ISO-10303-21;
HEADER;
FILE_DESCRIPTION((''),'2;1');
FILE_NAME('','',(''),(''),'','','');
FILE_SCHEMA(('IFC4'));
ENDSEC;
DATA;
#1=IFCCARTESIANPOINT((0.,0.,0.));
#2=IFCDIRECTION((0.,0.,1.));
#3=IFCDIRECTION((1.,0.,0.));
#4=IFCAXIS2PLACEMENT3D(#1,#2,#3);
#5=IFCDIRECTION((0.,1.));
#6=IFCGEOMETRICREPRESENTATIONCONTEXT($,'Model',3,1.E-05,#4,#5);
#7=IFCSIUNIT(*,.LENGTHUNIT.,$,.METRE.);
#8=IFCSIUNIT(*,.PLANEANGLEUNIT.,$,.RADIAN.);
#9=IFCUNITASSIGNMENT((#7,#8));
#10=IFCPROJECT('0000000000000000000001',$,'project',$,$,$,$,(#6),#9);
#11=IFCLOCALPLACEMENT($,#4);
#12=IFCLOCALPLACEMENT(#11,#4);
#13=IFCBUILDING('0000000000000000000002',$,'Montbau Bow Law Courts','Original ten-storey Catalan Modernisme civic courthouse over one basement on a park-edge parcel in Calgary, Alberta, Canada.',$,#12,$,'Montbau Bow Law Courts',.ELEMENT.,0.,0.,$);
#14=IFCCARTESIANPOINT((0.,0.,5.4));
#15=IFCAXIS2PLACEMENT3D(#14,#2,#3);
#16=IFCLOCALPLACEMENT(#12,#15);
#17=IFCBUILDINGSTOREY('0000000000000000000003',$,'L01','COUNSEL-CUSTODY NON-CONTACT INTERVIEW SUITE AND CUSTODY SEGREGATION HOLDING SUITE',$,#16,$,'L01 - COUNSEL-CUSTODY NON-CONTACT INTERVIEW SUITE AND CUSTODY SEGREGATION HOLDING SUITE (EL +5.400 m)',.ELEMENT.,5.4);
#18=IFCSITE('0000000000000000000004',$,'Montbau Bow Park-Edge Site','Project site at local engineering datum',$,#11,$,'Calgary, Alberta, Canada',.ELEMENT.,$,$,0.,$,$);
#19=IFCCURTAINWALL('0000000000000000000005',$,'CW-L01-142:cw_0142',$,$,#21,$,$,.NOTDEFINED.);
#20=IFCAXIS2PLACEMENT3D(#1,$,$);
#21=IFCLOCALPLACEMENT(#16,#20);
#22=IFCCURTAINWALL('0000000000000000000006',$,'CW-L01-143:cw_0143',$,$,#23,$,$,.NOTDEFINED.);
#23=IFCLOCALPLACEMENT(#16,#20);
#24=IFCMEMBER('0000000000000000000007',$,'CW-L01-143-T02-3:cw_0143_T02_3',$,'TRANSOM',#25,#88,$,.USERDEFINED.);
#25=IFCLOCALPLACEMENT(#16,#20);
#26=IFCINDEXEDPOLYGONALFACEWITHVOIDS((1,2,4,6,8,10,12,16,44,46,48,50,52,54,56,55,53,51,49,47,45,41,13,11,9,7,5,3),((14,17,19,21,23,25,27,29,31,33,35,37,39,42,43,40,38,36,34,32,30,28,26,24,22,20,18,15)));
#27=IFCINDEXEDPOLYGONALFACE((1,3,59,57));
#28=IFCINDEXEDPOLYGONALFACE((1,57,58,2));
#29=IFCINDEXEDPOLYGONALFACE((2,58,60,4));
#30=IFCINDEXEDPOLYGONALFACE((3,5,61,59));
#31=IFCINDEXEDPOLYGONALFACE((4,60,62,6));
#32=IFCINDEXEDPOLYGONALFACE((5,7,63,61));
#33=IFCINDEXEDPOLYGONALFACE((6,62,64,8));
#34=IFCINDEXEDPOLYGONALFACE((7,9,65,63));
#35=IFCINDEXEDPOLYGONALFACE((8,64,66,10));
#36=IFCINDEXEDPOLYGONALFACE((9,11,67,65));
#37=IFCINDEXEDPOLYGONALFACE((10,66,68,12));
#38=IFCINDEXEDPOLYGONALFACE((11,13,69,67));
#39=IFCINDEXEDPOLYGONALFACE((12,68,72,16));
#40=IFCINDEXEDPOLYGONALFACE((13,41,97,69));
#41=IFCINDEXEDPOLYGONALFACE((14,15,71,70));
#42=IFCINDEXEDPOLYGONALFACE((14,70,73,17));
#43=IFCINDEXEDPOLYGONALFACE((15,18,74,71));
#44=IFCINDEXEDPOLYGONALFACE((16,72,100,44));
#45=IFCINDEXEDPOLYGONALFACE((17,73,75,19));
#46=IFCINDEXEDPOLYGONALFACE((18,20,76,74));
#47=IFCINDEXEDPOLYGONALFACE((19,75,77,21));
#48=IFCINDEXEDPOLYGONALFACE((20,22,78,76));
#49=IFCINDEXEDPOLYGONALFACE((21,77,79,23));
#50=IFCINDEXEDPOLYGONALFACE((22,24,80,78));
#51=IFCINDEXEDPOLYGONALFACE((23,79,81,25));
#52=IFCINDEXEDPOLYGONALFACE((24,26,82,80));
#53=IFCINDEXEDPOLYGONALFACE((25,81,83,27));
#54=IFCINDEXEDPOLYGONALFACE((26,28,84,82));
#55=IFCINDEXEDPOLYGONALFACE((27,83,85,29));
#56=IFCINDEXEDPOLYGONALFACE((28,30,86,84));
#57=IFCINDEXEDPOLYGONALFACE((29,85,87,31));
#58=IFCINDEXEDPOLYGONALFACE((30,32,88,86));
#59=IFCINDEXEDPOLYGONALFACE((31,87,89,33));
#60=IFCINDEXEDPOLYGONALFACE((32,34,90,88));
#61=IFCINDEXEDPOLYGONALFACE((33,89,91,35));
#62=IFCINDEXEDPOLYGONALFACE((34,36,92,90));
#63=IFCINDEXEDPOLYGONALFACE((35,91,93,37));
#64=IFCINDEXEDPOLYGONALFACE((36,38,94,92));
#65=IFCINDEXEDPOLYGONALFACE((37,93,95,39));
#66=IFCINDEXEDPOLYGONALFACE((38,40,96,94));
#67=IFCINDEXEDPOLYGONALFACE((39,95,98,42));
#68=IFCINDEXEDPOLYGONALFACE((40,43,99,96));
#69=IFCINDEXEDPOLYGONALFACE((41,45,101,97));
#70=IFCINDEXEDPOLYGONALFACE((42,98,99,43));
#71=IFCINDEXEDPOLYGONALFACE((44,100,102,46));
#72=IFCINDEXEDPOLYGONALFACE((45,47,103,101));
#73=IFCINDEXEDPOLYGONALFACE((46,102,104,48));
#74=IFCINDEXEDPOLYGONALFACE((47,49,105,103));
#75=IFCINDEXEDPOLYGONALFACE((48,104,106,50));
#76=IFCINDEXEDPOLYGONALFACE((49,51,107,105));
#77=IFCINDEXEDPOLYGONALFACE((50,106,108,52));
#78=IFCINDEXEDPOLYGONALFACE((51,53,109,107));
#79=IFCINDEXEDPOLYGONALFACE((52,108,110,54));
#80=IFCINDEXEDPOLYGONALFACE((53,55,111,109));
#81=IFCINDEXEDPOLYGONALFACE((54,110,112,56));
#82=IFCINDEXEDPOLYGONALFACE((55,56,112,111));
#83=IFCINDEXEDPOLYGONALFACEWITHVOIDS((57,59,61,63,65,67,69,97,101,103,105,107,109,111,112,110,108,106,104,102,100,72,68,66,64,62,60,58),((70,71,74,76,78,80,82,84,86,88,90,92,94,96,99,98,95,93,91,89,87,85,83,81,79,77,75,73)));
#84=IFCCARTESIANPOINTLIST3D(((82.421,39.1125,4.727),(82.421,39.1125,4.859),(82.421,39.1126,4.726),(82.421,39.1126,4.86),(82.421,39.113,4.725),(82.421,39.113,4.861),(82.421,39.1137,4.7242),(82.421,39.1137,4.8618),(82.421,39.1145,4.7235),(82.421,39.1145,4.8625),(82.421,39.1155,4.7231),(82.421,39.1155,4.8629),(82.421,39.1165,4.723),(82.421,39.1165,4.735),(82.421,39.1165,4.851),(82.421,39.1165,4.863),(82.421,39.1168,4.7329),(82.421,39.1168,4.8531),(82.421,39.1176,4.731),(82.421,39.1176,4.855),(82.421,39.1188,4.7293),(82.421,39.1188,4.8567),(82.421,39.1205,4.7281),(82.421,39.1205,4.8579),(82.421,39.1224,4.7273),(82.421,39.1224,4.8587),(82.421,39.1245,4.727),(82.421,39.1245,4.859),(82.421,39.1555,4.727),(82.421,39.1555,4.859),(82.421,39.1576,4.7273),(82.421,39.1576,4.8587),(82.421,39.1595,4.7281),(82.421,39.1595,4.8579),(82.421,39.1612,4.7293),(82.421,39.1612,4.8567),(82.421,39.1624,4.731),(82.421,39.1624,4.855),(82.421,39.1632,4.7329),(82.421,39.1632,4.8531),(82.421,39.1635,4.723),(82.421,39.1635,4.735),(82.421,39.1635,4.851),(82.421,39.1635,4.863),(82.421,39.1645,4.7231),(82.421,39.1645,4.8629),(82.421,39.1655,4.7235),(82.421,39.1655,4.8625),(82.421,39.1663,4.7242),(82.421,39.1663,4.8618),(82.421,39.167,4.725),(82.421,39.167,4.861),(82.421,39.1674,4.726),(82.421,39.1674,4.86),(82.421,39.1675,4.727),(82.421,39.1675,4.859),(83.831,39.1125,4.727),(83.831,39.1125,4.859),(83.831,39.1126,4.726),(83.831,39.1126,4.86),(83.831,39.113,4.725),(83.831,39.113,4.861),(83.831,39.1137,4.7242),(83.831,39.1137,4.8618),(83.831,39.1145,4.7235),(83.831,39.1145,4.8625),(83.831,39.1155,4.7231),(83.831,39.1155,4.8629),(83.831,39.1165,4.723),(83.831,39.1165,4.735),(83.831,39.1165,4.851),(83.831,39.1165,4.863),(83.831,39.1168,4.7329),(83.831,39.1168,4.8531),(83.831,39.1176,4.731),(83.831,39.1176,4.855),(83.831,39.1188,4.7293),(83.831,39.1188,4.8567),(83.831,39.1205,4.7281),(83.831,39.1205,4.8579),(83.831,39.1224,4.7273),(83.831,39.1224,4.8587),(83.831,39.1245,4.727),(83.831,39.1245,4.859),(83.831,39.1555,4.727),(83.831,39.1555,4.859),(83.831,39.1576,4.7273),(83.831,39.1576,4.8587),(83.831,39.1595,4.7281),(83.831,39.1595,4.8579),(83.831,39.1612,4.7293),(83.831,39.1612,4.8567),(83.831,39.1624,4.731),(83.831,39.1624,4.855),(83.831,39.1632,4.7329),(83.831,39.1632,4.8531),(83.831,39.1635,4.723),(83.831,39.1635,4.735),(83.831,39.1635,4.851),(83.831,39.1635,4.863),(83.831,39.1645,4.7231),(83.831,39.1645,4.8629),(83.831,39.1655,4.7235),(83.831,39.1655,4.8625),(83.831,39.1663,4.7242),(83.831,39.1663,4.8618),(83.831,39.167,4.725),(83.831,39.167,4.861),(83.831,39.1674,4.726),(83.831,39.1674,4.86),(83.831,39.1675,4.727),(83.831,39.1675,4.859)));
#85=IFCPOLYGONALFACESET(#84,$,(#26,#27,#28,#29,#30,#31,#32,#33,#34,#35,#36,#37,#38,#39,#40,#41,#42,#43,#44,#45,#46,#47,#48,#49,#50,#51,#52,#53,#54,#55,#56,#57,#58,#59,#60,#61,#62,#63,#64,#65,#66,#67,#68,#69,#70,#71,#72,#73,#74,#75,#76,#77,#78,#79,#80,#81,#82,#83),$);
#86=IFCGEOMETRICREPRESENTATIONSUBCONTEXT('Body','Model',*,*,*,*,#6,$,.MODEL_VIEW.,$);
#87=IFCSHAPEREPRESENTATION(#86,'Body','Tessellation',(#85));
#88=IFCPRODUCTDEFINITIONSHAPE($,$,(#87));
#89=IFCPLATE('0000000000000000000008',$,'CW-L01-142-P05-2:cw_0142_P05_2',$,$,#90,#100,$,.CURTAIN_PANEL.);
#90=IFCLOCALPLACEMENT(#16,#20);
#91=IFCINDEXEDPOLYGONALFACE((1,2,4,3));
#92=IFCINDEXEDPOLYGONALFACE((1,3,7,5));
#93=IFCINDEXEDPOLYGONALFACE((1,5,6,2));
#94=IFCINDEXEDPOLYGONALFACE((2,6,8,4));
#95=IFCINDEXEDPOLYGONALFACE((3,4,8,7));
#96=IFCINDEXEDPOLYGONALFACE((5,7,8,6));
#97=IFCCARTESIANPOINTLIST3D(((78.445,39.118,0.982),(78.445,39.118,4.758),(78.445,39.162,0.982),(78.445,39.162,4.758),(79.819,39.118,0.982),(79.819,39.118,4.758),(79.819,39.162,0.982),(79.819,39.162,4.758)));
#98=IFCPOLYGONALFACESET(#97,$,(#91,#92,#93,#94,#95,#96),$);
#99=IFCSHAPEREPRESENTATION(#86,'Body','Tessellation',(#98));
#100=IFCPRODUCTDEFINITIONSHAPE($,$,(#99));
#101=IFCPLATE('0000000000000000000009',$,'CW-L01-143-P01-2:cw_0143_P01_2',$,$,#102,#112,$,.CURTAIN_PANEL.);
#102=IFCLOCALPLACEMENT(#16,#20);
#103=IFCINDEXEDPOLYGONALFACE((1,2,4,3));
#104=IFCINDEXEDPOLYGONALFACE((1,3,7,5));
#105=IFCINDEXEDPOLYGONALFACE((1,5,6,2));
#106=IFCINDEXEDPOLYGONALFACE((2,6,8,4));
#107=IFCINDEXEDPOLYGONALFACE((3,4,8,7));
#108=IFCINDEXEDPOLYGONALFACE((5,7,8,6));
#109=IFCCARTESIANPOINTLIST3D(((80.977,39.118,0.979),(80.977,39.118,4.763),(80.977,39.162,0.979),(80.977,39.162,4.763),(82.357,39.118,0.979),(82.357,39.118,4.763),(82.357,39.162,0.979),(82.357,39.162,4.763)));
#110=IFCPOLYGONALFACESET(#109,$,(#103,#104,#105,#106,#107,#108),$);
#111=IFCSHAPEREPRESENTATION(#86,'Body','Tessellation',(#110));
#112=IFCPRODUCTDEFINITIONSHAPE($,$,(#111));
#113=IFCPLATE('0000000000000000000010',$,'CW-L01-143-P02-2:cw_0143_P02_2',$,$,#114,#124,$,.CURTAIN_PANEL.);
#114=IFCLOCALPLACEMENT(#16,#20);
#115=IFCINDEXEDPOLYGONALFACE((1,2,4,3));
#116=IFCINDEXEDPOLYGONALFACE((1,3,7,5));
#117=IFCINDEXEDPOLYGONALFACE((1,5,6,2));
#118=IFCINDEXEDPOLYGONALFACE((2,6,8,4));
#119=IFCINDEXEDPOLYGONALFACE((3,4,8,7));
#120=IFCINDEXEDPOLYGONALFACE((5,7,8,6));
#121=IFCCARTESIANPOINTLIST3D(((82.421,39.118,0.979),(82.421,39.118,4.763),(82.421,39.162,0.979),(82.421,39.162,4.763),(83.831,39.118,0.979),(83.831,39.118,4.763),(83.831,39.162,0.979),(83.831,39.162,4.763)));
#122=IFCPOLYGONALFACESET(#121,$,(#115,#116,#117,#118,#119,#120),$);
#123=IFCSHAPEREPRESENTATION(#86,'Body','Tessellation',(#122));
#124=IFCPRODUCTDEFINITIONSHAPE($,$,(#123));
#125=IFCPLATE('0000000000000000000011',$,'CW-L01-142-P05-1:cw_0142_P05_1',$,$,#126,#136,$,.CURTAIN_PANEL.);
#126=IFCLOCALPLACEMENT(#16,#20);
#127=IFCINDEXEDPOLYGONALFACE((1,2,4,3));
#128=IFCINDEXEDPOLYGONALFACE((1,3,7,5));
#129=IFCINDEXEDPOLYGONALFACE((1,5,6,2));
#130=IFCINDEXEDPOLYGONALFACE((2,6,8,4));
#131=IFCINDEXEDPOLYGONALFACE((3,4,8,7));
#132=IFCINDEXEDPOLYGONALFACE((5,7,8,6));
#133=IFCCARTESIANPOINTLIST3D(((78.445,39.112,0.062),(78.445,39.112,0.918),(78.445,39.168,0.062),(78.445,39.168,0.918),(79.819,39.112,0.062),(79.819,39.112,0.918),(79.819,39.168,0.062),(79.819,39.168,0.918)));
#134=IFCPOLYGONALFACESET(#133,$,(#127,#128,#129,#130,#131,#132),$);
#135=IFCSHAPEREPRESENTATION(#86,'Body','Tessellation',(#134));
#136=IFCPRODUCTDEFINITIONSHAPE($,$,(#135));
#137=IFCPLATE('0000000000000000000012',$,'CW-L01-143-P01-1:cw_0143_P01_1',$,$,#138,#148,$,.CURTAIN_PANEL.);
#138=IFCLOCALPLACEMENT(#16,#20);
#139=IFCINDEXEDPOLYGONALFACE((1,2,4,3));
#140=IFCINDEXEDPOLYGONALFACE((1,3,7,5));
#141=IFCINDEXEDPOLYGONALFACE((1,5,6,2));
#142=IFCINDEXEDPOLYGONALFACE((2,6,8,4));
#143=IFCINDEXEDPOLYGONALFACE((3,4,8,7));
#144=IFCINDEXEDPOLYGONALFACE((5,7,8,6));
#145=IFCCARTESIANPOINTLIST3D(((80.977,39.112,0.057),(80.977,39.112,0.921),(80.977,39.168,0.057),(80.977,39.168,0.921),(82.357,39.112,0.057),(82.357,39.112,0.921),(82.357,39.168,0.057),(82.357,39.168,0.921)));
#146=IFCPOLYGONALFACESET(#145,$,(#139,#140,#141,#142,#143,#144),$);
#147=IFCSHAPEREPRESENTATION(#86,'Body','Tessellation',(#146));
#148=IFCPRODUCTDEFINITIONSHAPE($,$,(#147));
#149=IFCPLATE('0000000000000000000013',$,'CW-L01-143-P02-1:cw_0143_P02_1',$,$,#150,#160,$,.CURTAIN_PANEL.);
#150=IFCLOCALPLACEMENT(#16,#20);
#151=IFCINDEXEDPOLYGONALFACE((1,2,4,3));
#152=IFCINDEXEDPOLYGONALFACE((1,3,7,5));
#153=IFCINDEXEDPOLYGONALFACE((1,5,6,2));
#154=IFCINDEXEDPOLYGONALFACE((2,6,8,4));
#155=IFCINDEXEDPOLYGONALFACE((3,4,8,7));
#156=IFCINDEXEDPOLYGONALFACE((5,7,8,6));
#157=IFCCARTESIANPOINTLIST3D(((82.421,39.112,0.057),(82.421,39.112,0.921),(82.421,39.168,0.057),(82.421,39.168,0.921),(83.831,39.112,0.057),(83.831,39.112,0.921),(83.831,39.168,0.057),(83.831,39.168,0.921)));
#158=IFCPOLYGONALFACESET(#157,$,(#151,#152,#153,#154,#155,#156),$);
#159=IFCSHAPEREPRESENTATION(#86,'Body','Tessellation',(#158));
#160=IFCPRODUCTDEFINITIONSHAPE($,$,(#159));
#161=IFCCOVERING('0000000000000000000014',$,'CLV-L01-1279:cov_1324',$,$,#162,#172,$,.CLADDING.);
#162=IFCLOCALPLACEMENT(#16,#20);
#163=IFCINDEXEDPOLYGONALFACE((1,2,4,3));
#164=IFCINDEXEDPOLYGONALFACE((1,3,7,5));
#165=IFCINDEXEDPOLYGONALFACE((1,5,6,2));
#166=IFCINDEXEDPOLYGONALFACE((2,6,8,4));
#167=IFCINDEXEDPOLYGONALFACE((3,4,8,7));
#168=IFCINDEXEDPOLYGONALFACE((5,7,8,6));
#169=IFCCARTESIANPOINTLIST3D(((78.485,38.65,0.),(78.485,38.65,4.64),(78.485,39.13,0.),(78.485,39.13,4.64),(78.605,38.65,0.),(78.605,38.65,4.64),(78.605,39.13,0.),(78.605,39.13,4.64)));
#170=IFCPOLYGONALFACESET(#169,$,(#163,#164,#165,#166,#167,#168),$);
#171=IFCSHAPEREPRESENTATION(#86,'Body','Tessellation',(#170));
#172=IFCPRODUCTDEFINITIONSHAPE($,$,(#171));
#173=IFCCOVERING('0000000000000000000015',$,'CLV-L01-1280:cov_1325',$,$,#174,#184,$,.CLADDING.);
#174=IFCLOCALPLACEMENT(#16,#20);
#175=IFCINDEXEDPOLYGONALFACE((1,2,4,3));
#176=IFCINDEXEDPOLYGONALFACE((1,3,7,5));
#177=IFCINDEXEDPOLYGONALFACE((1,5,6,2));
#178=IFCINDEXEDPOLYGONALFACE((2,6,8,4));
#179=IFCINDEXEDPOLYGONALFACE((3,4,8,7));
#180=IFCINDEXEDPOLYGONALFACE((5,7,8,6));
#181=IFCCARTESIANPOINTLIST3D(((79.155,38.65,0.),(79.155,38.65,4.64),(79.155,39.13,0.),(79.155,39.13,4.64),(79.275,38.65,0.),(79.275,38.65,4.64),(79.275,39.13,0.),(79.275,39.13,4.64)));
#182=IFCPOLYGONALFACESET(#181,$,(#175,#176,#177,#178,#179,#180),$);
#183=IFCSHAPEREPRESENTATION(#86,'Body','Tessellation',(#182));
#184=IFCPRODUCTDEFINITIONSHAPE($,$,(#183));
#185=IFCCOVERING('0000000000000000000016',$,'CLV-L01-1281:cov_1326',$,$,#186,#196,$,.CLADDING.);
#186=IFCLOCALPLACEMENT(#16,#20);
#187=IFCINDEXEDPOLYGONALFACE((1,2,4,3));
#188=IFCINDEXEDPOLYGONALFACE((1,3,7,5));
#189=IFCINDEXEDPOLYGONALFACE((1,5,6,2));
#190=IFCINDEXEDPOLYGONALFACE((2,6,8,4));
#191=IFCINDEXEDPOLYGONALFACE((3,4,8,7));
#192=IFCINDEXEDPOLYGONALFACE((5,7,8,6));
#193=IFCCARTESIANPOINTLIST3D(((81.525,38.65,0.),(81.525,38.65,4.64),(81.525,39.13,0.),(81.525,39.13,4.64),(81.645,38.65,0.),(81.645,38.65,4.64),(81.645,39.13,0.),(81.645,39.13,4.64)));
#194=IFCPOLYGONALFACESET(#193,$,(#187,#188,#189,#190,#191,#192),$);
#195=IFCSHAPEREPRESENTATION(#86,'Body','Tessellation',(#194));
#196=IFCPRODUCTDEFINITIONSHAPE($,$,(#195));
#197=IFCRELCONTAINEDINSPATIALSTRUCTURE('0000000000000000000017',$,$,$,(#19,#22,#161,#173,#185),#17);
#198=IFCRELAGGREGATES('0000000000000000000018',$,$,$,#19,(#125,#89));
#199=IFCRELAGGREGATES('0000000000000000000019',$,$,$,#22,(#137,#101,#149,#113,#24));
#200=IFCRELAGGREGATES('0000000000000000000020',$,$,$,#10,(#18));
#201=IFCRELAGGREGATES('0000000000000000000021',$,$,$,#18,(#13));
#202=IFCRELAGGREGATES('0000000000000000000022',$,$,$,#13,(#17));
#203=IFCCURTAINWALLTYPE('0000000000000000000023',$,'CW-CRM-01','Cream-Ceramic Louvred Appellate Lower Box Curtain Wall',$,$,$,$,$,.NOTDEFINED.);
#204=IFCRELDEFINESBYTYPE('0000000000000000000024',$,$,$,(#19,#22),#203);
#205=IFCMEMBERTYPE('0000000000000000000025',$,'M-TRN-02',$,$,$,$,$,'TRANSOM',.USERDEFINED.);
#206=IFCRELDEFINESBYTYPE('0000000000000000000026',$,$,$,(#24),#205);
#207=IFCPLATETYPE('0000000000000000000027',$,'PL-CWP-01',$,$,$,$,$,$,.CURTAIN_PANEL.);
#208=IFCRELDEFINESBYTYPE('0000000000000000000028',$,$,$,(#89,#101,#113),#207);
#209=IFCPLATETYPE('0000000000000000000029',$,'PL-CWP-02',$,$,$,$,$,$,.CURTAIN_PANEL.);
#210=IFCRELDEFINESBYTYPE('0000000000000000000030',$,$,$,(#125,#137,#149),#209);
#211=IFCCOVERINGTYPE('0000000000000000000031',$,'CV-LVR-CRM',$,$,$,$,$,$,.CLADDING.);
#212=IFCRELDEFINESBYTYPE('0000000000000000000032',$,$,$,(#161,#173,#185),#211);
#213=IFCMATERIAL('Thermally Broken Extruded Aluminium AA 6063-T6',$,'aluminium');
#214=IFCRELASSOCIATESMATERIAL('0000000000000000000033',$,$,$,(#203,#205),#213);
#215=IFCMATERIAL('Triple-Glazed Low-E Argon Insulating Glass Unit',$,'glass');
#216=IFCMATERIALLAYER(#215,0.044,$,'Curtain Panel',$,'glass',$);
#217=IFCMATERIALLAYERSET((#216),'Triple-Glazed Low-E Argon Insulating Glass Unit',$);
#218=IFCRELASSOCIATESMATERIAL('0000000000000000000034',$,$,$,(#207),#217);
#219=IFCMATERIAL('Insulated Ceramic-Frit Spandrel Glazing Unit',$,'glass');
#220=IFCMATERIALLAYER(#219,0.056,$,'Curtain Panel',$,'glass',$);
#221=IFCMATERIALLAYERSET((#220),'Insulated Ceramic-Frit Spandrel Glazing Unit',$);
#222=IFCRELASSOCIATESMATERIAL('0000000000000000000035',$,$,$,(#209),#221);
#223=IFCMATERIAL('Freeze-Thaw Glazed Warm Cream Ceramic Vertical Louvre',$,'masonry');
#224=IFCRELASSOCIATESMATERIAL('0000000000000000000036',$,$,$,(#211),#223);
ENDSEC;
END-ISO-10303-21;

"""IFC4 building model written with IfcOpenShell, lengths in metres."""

from ifc_helpers import new_model, si_unit, direction, frame, frame_2d, origin_with_axes, origin_2d_with_axis, place, context, subcontext, project, spatial, rectangle, hollow_rectangle, extrude, material, layer, layer_set, material_profile, profile_set, type_object, element, aggregate, save


model = new_model("IFC4")

# Units and contexts
model_context = context("Model", 3, precision=1e-05, world=origin_with_axes(), true_north=direction((0.0, 1.0)))
body_context = subcontext(model_context, "Body", "Model", "MODEL_VIEW")
ifc_project = project(units=[si_unit("LENGTHUNIT", "METRE"), si_unit("PLANEANGLEUNIT", "RADIAN")], contexts=[model_context])

# Site, building, storey
site_placement = place(None, origin_with_axes())
site = spatial("IfcSite", under=ifc_project, at=site_placement, Name="Montbau Bow Park-Edge Site", Description="Project site at local engineering datum", LongName="Calgary, Alberta, Canada", CompositionType="ELEMENT", RefElevation=0.0)
building_placement = place(site_placement, origin_with_axes())
building = spatial("IfcBuilding", under=site, at=building_placement, Name="Montbau Bow Law Courts", Description="Original ten-storey Catalan Modernisme civic courthouse over one basement on a park-edge parcel in Calgary, Alberta, Canada.", LongName="Montbau Bow Law Courts", CompositionType="ELEMENT", ElevationOfRefHeight=0.0, ElevationOfTerrain=0.0)
storey_placement = place(building_placement, frame((0.0, 0.0, 5.4), z_axis=(0.0, 0.0, 1.0), x_axis=(1.0, 0.0, 0.0)))
storey = spatial("IfcBuildingStorey", under=building, at=storey_placement, Name="L01", Description="COUNSEL-CUSTODY NON-CONTACT INTERVIEW SUITE AND CUSTODY SEGREGATION HOLDING SUITE", LongName="L01 - COUNSEL-CUSTODY NON-CONTACT INTERVIEW SUITE AND CUSTODY SEGREGATION HOLDING SUITE (EL +5.400 m)", CompositionType="ELEMENT", Elevation=5.4)

# Curtain walls
ifc_material_1 = material(Name="Thermally Broken Extruded Aluminium AA 6063-T6", Category="aluminium")
curtain_wall_type = type_object("IfcCurtainWallType", Name="CW-CRM-01", Description="Cream-Ceramic Louvred Appellate Lower Box Curtain Wall", PredefinedType="NOTDEFINED", material=ifc_material_1)
curtain_wall_1_placement = place(None, frame((72.515, 39.14, 5.4), z_axis=(0.0, 0.0, 1.0), x_axis=(1.0, 0.0, 0.0)))
curtain_wall_1 = element("IfcCurtainWall", 1, at=curtain_wall_1_placement, inside=storey, type_object=curtain_wall_type, Name="CW-L01-142:cw_0142", PredefinedType="NOTDEFINED")
curtain_wall_2_placement = place(None, frame((80.915, 39.14, 5.4), z_axis=(0.0, 0.0, 1.0), x_axis=(1.0, 0.0, 0.0)))
curtain_wall_2 = element("IfcCurtainWall", 2, at=curtain_wall_2_placement, inside=storey, type_object=curtain_wall_type, Name="CW-L01-143:cw_0143", PredefinedType="NOTDEFINED")

# Member
ifc_material_profile_1 = material_profile(ifc_material_1, hollow_rectangle(XDim=0.055, YDim=0.14, WallThickness=0.004, InnerFilletRadius=0.008, OuterFilletRadius=0.004, at=origin_2d_with_axis()), Name="CWT-140X55", Category="Main", Priority=0)
ifc_profile_set_1 = profile_set([ifc_material_profile_1], Name="Thermally Broken Extruded Aluminium AA 6063-T6")
member_type_1 = type_object("IfcMemberType", Name="M-TRN-02", ElementType="TRANSOM", PredefinedType="USERDEFINED", material=ifc_profile_set_1)
member_1_placement = place(None, frame((82.421, 39.14, 10.193), z_axis=(1.0, 0.0, 0.0), x_axis=(0.0, 1.0, 0.0)))
member_1 = element("IfcMember", 3, at=member_1_placement, type_object=member_type_1, Name="CW-L01-143-T02-3:cw_0143_T02_3", ObjectType="TRANSOM", PredefinedType="USERDEFINED", context=body_context, shape_type="SweptSolid", body=[
    extrude(hollow_rectangle(XDim=0.055, YDim=0.14, WallThickness=0.004, InnerFilletRadius=0.008, OuterFilletRadius=0.004, at=origin_2d_with_axis()), origin_with_axes(), (0.0, 0.0, 1.0), 1.41),
])

# Plates
ifc_material_2 = material(Name="Triple-Glazed Low-E Argon Insulating Glass Unit", Category="glass")
ifc_layer_1 = layer(ifc_material_2, 0.044, Name="Curtain Panel", Category="glass")
ifc_layer_set_1 = layer_set([ifc_layer_1], Name="Triple-Glazed Low-E Argon Insulating Glass Unit")
plate_type_1 = type_object("IfcPlateType", Name="PL-CWP-01", PredefinedType="CURTAIN_PANEL", material=ifc_layer_set_1)
plate_1_placement = place(None, frame((78.445, 39.14, 6.382), z_axis=(0.0, -1.0, 0.0), x_axis=(1.0, 0.0, 0.0)))
plate_1 = element("IfcPlate", 4, at=plate_1_placement, type_object=plate_type_1, Name="CW-L01-142-P05-2:cw_0142_P05_2", PredefinedType="CURTAIN_PANEL", context=body_context, shape_type="SweptSolid", body=[
    extrude(rectangle(XDim=1.374, YDim=3.776, at=frame_2d((0.687, 1.888), x_axis=(1.0, 0.0))), frame((0.0, 0.0, -0.022), z_axis=(0.0, 0.0, 1.0), x_axis=(1.0, 0.0, 0.0)), (0.0, 0.0, 1.0), 0.044),
])
plate_2_placement = place(None, frame((80.977, 39.14, 6.379), z_axis=(0.0, -1.0, 0.0), x_axis=(1.0, 0.0, 0.0)))
plate_2 = element("IfcPlate", 5, at=plate_2_placement, type_object=plate_type_1, Name="CW-L01-143-P01-2:cw_0143_P01_2", PredefinedType="CURTAIN_PANEL", context=body_context, shape_type="SweptSolid", body=[
    extrude(rectangle(XDim=1.38, YDim=3.784, at=frame_2d((0.69, 1.892), x_axis=(1.0, 0.0))), frame((0.0, 0.0, -0.022), z_axis=(0.0, 0.0, 1.0), x_axis=(1.0, 0.0, 0.0)), (0.0, 0.0, 1.0), 0.044),
])
plate_3_placement = place(None, frame((82.421, 39.14, 6.379), z_axis=(0.0, -1.0, 0.0), x_axis=(1.0, 0.0, 0.0)))
plate_3 = element("IfcPlate", 6, at=plate_3_placement, type_object=plate_type_1, Name="CW-L01-143-P02-2:cw_0143_P02_2", PredefinedType="CURTAIN_PANEL", context=body_context, shape_type="SweptSolid", body=[
    extrude(rectangle(XDim=1.41, YDim=3.784, at=frame_2d((0.705, 1.892), x_axis=(1.0, 0.0))), frame((0.0, 0.0, -0.022), z_axis=(0.0, 0.0, 1.0), x_axis=(1.0, 0.0, 0.0)), (0.0, 0.0, 1.0), 0.044),
])
ifc_material_3 = material(Name="Insulated Ceramic-Frit Spandrel Glazing Unit", Category="glass")
ifc_layer_2 = layer(ifc_material_3, 0.056, Name="Curtain Panel", Category="glass")
ifc_layer_set_2 = layer_set([ifc_layer_2], Name="Insulated Ceramic-Frit Spandrel Glazing Unit")
plate_type_2 = type_object("IfcPlateType", Name="PL-CWP-02", PredefinedType="CURTAIN_PANEL", material=ifc_layer_set_2)
plate_4_placement = place(None, frame((78.445, 39.14, 5.462), z_axis=(0.0, -1.0, 0.0), x_axis=(1.0, 0.0, 0.0)))
plate_4 = element("IfcPlate", 7, at=plate_4_placement, type_object=plate_type_2, Name="CW-L01-142-P05-1:cw_0142_P05_1", PredefinedType="CURTAIN_PANEL", context=body_context, shape_type="SweptSolid", body=[
    extrude(rectangle(XDim=1.374, YDim=0.856, at=frame_2d((0.687, 0.428), x_axis=(1.0, 0.0))), frame((0.0, 0.0, -0.028), z_axis=(0.0, 0.0, 1.0), x_axis=(1.0, 0.0, 0.0)), (0.0, 0.0, 1.0), 0.056),
])
aggregate(curtain_wall_1, [plate_4, plate_1])
plate_5_placement = place(None, frame((80.977, 39.14, 5.457), z_axis=(0.0, -1.0, 0.0), x_axis=(1.0, 0.0, 0.0)))
plate_5 = element("IfcPlate", 8, at=plate_5_placement, type_object=plate_type_2, Name="CW-L01-143-P01-1:cw_0143_P01_1", PredefinedType="CURTAIN_PANEL", context=body_context, shape_type="SweptSolid", body=[
    extrude(rectangle(XDim=1.38, YDim=0.864, at=frame_2d((0.69, 0.432), x_axis=(1.0, 0.0))), frame((0.0, 0.0, -0.028), z_axis=(0.0, 0.0, 1.0), x_axis=(1.0, 0.0, 0.0)), (0.0, 0.0, 1.0), 0.056),
])
plate_6_placement = place(None, frame((82.421, 39.14, 5.457), z_axis=(0.0, -1.0, 0.0), x_axis=(1.0, 0.0, 0.0)))
plate_6 = element("IfcPlate", 9, at=plate_6_placement, type_object=plate_type_2, Name="CW-L01-143-P02-1:cw_0143_P02_1", PredefinedType="CURTAIN_PANEL", context=body_context, shape_type="SweptSolid", body=[
    extrude(rectangle(XDim=1.41, YDim=0.864, at=frame_2d((0.705, 0.432), x_axis=(1.0, 0.0))), frame((0.0, 0.0, -0.028), z_axis=(0.0, 0.0, 1.0), x_axis=(1.0, 0.0, 0.0)), (0.0, 0.0, 1.0), 0.056),
])
aggregate(curtain_wall_2, [plate_5, plate_2, plate_6, plate_3, member_1])

# Coverings
ifc_material_4 = material(Name="Freeze-Thaw Glazed Warm Cream Ceramic Vertical Louvre", Category="masonry")
covering_type = type_object("IfcCoveringType", Name="CV-LVR-CRM", PredefinedType="CLADDING", material=ifc_material_4)
for number, where, z_axis, x_axis, name in (
    (10, (78.545, 39.13, 5.4), (-1.0, 0.0, 0.0), (0.0, -1.0, 0.0), "CLV-L01-1279:cov_1324"),
    (11, (79.215, 39.13, 5.4), (-1.0, 0.0, 0.0), (0.0, -1.0, 0.0), "CLV-L01-1280:cov_1325"),
    (12, (81.585, 39.13, 5.4), (-1.0, 0.0, 0.0), (0.0, -1.0, 0.0), "CLV-L01-1281:cov_1326"),
):
    element("IfcCovering", number, at=place(None, frame(where, z_axis=z_axis, x_axis=x_axis)), inside=storey, type_object=covering_type, Name=name, PredefinedType="CLADDING", context=body_context, shape_type="SweptSolid", body=[
        extrude(rectangle(XDim=0.48, YDim=4.64, at=frame_2d((0.24, 2.32), x_axis=(1.0, 0.0))), frame((0.0, 0.0, -0.06), z_axis=(0.0, 0.0, 1.0), x_axis=(1.0, 0.0, 0.0)), (0.0, 0.0, 1.0), 0.12),
    ])

save(model, "model.ifc")
